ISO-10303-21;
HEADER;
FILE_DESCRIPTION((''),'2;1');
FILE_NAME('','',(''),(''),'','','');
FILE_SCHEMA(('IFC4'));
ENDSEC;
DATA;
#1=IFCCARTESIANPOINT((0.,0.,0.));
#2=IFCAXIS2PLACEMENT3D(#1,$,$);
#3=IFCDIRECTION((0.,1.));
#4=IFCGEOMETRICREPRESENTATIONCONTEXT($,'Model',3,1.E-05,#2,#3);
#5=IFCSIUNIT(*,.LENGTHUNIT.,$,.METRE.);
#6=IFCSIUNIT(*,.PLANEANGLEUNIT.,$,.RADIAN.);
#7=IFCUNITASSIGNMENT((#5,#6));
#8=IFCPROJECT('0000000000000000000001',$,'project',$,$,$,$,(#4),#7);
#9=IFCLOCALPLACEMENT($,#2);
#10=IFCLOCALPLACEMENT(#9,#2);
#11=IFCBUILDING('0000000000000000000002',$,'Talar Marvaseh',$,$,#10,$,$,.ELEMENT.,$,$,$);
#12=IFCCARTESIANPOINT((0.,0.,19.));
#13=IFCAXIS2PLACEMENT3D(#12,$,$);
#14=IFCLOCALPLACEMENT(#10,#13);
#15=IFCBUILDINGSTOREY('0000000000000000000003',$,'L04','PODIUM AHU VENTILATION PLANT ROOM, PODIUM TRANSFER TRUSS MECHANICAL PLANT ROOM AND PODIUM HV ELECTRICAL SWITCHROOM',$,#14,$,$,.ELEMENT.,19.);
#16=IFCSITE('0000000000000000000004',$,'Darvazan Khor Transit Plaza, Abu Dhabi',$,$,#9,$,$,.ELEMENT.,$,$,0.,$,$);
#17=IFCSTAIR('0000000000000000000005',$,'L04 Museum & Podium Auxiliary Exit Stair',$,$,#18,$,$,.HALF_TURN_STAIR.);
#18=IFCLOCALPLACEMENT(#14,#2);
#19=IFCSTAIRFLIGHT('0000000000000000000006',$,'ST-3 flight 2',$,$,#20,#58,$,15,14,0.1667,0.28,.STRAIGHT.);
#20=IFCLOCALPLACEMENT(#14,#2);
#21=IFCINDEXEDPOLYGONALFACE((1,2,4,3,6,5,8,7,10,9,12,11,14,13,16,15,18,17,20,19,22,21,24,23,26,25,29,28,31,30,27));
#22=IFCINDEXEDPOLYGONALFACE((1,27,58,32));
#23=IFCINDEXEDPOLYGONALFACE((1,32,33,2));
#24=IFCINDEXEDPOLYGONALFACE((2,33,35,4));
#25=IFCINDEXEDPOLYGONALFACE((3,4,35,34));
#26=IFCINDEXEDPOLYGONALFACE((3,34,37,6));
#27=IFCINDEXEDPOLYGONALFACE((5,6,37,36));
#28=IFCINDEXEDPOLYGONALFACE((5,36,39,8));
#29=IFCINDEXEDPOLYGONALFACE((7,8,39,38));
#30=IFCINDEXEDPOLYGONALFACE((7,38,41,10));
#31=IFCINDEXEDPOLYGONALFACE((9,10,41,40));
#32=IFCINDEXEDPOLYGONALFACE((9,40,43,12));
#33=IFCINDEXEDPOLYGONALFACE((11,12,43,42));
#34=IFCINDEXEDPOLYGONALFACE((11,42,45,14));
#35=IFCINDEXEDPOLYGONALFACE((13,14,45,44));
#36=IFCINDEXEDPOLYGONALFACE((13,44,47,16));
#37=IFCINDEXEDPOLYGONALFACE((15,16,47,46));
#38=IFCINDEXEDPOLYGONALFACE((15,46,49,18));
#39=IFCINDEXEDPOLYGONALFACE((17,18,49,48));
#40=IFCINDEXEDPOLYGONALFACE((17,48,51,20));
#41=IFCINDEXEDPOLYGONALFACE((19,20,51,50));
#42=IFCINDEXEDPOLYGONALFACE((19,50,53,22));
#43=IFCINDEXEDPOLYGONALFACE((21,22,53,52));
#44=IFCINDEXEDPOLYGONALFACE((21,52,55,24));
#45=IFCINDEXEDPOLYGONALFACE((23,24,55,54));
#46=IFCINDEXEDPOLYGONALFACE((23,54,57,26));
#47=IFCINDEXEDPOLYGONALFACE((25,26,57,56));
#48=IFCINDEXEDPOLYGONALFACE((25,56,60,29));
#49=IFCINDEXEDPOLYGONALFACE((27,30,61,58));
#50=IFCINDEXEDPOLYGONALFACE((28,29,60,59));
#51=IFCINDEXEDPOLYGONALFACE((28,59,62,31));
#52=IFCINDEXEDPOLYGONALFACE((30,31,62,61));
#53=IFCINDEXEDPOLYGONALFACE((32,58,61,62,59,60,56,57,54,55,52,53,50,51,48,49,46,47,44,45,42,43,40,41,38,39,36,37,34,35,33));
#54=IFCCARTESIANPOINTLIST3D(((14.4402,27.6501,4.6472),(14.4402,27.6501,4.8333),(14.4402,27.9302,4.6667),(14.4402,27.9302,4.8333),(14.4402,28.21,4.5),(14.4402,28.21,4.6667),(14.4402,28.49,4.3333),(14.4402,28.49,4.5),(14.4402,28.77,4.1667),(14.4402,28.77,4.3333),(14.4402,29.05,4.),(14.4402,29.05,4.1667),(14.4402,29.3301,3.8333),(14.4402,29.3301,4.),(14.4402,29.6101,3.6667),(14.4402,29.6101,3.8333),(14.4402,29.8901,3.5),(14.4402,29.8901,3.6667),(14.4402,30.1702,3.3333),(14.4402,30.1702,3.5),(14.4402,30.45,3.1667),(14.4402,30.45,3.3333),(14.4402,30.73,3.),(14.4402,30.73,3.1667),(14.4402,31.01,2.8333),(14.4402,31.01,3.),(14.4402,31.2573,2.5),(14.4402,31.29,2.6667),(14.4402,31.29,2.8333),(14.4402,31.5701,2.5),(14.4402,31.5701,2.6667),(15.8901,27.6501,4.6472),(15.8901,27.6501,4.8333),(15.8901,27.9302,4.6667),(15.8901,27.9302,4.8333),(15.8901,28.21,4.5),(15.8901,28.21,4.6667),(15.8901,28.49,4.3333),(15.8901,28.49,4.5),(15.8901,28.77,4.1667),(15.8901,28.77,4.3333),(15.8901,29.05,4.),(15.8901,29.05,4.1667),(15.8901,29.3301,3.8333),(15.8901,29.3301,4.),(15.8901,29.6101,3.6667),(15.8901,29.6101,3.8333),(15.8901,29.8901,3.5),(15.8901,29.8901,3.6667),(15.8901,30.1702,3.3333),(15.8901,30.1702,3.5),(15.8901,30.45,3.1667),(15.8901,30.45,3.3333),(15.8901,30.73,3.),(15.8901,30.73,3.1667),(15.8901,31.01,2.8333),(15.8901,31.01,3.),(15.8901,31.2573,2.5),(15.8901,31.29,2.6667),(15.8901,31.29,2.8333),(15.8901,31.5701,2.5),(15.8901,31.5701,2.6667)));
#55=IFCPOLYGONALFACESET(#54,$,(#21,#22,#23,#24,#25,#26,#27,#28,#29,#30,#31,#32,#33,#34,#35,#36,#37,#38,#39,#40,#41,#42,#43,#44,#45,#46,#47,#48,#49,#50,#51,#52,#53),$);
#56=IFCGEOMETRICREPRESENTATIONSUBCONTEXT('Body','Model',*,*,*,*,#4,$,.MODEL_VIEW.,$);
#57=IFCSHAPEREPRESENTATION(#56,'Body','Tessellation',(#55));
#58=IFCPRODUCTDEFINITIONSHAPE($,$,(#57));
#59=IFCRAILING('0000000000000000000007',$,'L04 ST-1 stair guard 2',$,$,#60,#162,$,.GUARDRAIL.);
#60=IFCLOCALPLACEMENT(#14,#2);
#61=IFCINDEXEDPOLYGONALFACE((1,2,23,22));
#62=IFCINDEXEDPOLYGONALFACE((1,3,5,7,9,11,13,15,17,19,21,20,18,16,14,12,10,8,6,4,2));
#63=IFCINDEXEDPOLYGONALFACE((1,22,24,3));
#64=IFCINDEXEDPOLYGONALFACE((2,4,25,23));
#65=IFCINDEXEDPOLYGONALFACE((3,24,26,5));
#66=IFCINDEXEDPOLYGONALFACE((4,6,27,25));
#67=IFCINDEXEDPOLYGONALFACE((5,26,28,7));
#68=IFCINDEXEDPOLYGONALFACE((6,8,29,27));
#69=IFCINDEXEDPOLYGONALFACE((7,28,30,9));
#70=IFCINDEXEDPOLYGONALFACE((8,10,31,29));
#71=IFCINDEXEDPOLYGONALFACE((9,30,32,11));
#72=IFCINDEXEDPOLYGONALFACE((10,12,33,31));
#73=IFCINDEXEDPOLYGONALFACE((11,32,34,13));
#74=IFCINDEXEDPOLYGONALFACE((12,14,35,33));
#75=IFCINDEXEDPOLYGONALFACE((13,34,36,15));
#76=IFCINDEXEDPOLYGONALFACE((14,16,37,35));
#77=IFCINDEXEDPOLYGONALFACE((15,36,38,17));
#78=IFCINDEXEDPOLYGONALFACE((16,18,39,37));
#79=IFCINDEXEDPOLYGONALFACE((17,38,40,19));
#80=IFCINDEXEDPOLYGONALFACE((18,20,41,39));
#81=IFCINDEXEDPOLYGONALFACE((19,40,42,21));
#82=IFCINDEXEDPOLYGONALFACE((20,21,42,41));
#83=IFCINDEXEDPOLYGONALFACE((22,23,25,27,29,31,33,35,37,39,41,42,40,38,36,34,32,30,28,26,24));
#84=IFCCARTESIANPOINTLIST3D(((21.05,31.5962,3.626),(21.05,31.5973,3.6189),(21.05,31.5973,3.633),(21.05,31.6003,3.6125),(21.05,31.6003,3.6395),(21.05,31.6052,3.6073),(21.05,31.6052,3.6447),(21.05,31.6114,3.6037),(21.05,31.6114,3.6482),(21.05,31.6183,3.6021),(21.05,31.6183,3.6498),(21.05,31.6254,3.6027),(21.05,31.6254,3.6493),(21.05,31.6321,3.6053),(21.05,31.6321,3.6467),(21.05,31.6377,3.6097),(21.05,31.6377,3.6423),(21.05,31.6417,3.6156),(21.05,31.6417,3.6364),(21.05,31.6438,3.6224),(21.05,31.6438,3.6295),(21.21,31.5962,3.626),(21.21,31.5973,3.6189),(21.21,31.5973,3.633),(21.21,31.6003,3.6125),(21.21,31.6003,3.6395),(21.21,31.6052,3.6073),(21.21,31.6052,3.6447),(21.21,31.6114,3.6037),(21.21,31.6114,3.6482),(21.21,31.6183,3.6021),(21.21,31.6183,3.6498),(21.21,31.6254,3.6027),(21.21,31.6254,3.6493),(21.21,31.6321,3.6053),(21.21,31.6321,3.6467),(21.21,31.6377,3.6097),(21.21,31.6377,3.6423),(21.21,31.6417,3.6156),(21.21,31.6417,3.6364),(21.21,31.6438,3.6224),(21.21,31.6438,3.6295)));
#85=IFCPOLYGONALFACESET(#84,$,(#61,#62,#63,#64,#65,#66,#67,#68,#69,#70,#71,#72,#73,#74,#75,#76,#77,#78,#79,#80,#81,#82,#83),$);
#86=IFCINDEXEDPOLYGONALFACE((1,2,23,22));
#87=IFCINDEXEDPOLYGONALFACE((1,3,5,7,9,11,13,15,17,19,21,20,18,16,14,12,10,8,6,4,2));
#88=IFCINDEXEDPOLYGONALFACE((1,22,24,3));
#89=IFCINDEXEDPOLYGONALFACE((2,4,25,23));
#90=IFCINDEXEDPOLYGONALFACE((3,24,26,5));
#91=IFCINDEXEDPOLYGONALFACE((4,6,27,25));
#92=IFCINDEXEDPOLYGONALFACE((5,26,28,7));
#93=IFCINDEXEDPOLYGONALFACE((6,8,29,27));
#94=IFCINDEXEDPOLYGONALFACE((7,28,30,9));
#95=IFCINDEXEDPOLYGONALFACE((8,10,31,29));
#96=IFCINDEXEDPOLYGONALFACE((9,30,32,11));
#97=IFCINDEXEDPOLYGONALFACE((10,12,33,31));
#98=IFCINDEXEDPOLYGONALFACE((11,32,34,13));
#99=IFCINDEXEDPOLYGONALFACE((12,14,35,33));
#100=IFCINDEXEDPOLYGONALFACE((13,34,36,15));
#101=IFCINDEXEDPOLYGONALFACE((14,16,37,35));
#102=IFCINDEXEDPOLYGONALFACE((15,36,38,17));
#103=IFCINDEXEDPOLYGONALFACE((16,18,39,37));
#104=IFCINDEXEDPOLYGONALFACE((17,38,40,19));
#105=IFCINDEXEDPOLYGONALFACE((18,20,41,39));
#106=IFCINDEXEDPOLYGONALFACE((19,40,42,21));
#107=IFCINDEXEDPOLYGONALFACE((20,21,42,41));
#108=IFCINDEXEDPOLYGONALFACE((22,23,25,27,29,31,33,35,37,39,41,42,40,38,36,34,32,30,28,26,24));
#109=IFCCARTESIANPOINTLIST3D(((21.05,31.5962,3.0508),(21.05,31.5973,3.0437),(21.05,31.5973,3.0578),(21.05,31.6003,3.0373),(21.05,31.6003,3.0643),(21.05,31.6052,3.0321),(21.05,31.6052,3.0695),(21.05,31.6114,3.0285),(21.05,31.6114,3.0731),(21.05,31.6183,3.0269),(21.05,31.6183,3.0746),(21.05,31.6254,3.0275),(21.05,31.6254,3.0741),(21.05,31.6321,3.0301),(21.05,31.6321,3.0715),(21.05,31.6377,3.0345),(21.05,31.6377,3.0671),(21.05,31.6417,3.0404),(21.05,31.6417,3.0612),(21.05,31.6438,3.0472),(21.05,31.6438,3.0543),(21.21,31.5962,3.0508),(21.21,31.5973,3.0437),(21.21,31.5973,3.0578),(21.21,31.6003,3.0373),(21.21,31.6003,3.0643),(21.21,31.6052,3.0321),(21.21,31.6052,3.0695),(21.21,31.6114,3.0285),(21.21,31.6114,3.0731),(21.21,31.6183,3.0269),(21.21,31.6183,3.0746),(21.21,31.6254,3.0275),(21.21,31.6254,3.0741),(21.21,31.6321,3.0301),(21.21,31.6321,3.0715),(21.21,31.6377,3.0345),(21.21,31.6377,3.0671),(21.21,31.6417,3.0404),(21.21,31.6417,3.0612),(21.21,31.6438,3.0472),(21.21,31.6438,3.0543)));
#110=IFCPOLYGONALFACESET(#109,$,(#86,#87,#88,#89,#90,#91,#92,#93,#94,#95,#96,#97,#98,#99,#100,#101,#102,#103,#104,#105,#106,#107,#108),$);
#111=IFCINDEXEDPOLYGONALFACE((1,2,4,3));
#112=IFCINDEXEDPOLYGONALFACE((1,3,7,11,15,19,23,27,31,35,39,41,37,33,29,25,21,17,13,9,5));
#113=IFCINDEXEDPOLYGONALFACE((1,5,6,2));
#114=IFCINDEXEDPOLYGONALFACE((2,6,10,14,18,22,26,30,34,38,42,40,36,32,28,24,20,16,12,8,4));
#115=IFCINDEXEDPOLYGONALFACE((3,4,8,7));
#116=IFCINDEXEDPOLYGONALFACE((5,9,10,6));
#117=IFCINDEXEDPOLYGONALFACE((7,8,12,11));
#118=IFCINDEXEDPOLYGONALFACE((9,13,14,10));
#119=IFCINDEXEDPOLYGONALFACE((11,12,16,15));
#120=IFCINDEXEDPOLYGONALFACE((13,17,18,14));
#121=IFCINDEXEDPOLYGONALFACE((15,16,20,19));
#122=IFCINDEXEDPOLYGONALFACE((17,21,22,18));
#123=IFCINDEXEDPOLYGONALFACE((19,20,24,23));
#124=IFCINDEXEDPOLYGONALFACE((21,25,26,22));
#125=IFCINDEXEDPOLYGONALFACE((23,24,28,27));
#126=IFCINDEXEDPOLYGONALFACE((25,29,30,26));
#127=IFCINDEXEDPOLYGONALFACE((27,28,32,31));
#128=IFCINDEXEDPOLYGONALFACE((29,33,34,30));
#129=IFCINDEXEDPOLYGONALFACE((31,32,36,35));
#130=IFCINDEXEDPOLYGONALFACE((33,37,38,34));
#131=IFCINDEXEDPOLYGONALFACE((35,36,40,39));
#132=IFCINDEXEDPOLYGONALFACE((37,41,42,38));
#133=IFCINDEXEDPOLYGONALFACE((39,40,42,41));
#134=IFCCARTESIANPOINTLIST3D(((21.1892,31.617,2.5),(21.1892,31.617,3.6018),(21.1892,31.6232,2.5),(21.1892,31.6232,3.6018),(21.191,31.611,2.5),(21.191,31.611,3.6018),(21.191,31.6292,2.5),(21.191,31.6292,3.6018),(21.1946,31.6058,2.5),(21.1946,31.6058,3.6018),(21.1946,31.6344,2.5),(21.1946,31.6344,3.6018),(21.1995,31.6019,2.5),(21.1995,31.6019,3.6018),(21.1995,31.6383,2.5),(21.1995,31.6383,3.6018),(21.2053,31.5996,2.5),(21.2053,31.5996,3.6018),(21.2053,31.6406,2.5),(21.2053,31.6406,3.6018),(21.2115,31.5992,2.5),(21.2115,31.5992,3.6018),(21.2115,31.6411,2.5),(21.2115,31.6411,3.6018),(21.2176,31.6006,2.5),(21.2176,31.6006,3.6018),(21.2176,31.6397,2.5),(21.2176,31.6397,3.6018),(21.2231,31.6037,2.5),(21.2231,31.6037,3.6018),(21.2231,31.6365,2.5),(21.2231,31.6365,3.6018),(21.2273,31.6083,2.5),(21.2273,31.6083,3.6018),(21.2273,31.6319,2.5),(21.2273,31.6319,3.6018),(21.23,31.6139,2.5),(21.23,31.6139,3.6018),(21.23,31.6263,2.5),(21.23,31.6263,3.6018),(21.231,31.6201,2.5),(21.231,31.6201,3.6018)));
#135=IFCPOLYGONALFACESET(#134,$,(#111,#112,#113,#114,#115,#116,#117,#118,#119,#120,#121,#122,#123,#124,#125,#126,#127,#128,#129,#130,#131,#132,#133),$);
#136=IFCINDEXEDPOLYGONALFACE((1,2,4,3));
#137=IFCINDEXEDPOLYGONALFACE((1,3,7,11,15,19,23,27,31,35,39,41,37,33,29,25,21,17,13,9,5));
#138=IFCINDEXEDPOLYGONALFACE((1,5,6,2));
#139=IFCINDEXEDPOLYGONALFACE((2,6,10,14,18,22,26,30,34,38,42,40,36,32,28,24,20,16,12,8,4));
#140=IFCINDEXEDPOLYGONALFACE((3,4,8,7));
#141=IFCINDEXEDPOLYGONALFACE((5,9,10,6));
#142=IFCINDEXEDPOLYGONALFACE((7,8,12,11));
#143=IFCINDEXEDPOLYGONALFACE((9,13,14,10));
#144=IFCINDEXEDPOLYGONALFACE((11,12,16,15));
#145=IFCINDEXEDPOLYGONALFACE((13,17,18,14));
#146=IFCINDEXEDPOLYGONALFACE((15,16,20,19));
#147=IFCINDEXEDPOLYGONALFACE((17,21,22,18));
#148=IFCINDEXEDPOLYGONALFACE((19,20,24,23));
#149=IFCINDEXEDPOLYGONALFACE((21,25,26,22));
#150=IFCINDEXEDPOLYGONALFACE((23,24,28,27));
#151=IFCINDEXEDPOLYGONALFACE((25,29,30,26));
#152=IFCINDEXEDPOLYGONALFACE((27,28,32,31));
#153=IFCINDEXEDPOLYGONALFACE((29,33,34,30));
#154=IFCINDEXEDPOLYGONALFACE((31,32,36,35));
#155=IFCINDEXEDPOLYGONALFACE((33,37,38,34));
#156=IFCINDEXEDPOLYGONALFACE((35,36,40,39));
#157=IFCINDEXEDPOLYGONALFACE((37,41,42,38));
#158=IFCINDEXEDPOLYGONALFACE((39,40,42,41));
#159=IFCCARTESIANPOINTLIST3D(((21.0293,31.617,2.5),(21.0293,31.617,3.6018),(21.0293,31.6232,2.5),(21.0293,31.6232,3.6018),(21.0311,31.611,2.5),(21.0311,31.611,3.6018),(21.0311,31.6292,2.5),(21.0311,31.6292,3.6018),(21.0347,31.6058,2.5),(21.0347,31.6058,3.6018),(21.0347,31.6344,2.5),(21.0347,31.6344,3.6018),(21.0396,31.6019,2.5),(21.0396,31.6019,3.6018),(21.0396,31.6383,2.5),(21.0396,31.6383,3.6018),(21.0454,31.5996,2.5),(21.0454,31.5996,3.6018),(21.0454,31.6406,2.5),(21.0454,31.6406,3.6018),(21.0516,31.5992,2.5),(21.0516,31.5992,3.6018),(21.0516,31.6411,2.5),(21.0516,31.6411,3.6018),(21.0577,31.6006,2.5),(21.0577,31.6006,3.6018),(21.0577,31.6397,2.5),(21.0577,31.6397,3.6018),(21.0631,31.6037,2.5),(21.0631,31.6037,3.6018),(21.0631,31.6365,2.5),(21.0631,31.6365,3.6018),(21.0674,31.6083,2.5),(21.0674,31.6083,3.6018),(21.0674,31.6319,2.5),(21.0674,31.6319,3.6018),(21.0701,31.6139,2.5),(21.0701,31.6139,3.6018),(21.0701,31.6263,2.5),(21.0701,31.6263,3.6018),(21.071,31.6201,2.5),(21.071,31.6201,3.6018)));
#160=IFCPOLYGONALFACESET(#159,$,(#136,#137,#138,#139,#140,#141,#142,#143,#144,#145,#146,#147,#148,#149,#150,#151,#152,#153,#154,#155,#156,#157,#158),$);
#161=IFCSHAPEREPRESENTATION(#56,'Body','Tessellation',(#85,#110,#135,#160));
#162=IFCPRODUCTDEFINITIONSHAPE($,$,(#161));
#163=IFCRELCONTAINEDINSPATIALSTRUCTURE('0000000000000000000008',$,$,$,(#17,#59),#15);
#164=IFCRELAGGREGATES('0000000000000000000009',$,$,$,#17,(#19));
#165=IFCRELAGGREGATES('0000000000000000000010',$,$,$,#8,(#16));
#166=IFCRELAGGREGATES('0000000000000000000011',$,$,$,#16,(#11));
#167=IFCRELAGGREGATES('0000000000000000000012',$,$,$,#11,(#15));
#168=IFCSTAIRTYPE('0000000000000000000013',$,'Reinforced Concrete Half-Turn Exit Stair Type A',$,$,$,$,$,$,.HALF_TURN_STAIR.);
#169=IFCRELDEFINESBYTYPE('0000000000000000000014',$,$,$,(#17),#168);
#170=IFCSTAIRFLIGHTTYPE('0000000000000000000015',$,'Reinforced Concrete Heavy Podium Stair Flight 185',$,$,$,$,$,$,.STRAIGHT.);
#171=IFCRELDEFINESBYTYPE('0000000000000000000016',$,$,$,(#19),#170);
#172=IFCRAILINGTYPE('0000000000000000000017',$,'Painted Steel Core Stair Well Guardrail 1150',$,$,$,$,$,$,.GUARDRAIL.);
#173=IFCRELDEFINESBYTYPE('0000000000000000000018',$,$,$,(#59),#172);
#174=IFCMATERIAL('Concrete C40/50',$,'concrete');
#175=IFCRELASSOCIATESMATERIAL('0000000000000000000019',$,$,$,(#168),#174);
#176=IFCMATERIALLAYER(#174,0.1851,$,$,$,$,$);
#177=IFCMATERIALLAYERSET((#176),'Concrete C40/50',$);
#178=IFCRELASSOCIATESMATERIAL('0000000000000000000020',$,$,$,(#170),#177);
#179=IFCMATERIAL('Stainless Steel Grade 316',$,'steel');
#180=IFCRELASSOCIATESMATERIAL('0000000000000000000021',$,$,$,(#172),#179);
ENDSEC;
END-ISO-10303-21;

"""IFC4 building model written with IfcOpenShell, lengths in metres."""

from ifc_helpers import new_model, si_unit, direction, frame, origin, origin_2d, place, context, subcontext, project, spatial, polyline, circle, outline, extrude, material, layer, layer_set, type_object, element, aggregate, save


model = new_model("IFC4")

# Units and contexts
model_context = context("Model", 3, precision=1e-05, world=origin(), true_north=direction((0.0, 1.0)))
body_context = subcontext(model_context, "Body", "Model", "MODEL_VIEW")
ifc_project = project(units=[si_unit("LENGTHUNIT", "METRE"), si_unit("PLANEANGLEUNIT", "RADIAN")], contexts=[model_context])

# Site, building, storey
site_placement = place(None, origin())
site = spatial("IfcSite", under=ifc_project, at=site_placement, Name="Darvazan Khor Transit Plaza, Abu Dhabi", CompositionType="ELEMENT", RefElevation=0.0)
building_placement = place(site_placement, origin())
building = spatial("IfcBuilding", under=site, at=building_placement, Name="Talar Marvaseh", CompositionType="ELEMENT")
storey_placement = place(building_placement, frame((0.0, 0.0, 19.0)))
storey = spatial("IfcBuildingStorey", under=building, at=storey_placement, Name="L04", Description="PODIUM AHU VENTILATION PLANT ROOM, PODIUM TRANSFER TRUSS MECHANICAL PLANT ROOM AND PODIUM HV ELECTRICAL SWITCHROOM", CompositionType="ELEMENT", Elevation=19.0)

# Shared definitions
ifc_material_1 = material(Name="Stainless Steel Grade 316", Category="steel")

# Stair, stair flight
ifc_material_2 = material(Name="Concrete C40/50", Category="concrete")
stair_type = type_object("IfcStairType", Name="Reinforced Concrete Half-Turn Exit Stair Type A", PredefinedType="HALF_TURN_STAIR", material=ifc_material_2)
ifc_layer_1 = layer(ifc_material_2, 0.1851)
ifc_layer_set_1 = layer_set([ifc_layer_1], Name="Concrete C40/50")
stair_flight_type = type_object("IfcStairFlightType", Name="Reinforced Concrete Heavy Podium Stair Flight 185", PredefinedType="STRAIGHT", material=ifc_layer_set_1)
stair_1_placement = place(storey_placement, origin())
stair_1 = element("IfcStair", 1, at=stair_1_placement, inside=storey, type_object=stair_type, Name="L04 Museum & Podium Auxiliary Exit Stair", PredefinedType="HALF_TURN_STAIR")
stair_flight_1_placement = place(storey_placement, frame((15.165, 31.5701, 2.5), z_axis=(0.0, 0.0, 1.0), x_axis=(0.0, -1.0, 0.0)))
stair_flight_1 = element("IfcStairFlight", 2, at=stair_flight_1_placement, type_object=stair_flight_type, Name="ST-3 flight 2", NumberOfRisers=15, NumberOfTreads=14, PredefinedType="STRAIGHT", RiserHeight=0.1667, TreadLength=0.28, context=body_context, shape_type="SweptSolid", body=[
    extrude(outline(polyline([(0.0, 0.0), (0.0, 0.1667), (0.28, 0.1667), (0.28, 0.3333), (0.5601, 0.3333), (0.5601, 0.5), (0.8401, 0.5), (0.8401, 0.6667), (1.1201, 0.6667), (1.1201, 0.8333), (1.3999, 0.8333), (1.3999, 1.0), (1.6799, 1.0), (1.6799, 1.1667), (1.96, 1.1667), (1.96, 1.3333), (2.24, 1.3333), (2.24, 1.5), (2.52, 1.5), (2.52, 1.6667), (2.8, 1.6667), (2.8, 1.8333), (3.0801, 1.8333), (3.0801, 2.0), (3.3601, 2.0), (3.3601, 2.1667), (3.6399, 2.1667), (3.6399, 2.3333), (3.9199, 2.3333), (3.9199, 2.5), (3.9199, 2.1472), (0.3127, 0.0), (0.0, 0.0)])), frame((0.0, 0.7251, 0.0), z_axis=(0.0, -1.0, 0.0), x_axis=(1.0, 0.0, 0.0)), (0.0, 0.0, 1.0), 1.45),
])
aggregate(stair_1, [stair_flight_1])

# Railing
railing_type_1 = type_object("IfcRailingType", Name="Painted Steel Core Stair Well Guardrail 1150", PredefinedType="GUARDRAIL", material=ifc_material_1)
railing_1_placement = place(storey_placement, frame((21.21, 31.6201, 2.5)))
element("IfcRailing", 3, at=railing_1_placement, inside=storey, type_object=railing_type_1, Name="L04 ST-1 stair guard 2", PredefinedType="GUARDRAIL", context=body_context, shape_type="SweptSolid", body=[
    extrude(circle(Radius=0.0239, at=origin_2d()), frame((0.0, 0.0, 1.126), z_axis=(-1.0, 0.0, 0.0), x_axis=(0.0, -1.0, 0.0)), (0.0, 0.0, 1.0), 0.1599),
    extrude(circle(Radius=0.0239, at=origin_2d()), frame((0.0, 0.0, 0.5508), z_axis=(-1.0, 0.0, 0.0), x_axis=(0.0, -1.0, 0.0)), (0.0, 0.0, 1.0), 0.1599),
    extrude(circle(Radius=0.021, at=origin_2d()), origin(), (0.0, 0.0, 1.0), 1.1018),
    extrude(circle(Radius=0.021, at=origin_2d()), frame((-0.1599, 0.0, 0.0)), (0.0, 0.0, 1.0), 1.1018),
])

save(model, "model.ifc")
